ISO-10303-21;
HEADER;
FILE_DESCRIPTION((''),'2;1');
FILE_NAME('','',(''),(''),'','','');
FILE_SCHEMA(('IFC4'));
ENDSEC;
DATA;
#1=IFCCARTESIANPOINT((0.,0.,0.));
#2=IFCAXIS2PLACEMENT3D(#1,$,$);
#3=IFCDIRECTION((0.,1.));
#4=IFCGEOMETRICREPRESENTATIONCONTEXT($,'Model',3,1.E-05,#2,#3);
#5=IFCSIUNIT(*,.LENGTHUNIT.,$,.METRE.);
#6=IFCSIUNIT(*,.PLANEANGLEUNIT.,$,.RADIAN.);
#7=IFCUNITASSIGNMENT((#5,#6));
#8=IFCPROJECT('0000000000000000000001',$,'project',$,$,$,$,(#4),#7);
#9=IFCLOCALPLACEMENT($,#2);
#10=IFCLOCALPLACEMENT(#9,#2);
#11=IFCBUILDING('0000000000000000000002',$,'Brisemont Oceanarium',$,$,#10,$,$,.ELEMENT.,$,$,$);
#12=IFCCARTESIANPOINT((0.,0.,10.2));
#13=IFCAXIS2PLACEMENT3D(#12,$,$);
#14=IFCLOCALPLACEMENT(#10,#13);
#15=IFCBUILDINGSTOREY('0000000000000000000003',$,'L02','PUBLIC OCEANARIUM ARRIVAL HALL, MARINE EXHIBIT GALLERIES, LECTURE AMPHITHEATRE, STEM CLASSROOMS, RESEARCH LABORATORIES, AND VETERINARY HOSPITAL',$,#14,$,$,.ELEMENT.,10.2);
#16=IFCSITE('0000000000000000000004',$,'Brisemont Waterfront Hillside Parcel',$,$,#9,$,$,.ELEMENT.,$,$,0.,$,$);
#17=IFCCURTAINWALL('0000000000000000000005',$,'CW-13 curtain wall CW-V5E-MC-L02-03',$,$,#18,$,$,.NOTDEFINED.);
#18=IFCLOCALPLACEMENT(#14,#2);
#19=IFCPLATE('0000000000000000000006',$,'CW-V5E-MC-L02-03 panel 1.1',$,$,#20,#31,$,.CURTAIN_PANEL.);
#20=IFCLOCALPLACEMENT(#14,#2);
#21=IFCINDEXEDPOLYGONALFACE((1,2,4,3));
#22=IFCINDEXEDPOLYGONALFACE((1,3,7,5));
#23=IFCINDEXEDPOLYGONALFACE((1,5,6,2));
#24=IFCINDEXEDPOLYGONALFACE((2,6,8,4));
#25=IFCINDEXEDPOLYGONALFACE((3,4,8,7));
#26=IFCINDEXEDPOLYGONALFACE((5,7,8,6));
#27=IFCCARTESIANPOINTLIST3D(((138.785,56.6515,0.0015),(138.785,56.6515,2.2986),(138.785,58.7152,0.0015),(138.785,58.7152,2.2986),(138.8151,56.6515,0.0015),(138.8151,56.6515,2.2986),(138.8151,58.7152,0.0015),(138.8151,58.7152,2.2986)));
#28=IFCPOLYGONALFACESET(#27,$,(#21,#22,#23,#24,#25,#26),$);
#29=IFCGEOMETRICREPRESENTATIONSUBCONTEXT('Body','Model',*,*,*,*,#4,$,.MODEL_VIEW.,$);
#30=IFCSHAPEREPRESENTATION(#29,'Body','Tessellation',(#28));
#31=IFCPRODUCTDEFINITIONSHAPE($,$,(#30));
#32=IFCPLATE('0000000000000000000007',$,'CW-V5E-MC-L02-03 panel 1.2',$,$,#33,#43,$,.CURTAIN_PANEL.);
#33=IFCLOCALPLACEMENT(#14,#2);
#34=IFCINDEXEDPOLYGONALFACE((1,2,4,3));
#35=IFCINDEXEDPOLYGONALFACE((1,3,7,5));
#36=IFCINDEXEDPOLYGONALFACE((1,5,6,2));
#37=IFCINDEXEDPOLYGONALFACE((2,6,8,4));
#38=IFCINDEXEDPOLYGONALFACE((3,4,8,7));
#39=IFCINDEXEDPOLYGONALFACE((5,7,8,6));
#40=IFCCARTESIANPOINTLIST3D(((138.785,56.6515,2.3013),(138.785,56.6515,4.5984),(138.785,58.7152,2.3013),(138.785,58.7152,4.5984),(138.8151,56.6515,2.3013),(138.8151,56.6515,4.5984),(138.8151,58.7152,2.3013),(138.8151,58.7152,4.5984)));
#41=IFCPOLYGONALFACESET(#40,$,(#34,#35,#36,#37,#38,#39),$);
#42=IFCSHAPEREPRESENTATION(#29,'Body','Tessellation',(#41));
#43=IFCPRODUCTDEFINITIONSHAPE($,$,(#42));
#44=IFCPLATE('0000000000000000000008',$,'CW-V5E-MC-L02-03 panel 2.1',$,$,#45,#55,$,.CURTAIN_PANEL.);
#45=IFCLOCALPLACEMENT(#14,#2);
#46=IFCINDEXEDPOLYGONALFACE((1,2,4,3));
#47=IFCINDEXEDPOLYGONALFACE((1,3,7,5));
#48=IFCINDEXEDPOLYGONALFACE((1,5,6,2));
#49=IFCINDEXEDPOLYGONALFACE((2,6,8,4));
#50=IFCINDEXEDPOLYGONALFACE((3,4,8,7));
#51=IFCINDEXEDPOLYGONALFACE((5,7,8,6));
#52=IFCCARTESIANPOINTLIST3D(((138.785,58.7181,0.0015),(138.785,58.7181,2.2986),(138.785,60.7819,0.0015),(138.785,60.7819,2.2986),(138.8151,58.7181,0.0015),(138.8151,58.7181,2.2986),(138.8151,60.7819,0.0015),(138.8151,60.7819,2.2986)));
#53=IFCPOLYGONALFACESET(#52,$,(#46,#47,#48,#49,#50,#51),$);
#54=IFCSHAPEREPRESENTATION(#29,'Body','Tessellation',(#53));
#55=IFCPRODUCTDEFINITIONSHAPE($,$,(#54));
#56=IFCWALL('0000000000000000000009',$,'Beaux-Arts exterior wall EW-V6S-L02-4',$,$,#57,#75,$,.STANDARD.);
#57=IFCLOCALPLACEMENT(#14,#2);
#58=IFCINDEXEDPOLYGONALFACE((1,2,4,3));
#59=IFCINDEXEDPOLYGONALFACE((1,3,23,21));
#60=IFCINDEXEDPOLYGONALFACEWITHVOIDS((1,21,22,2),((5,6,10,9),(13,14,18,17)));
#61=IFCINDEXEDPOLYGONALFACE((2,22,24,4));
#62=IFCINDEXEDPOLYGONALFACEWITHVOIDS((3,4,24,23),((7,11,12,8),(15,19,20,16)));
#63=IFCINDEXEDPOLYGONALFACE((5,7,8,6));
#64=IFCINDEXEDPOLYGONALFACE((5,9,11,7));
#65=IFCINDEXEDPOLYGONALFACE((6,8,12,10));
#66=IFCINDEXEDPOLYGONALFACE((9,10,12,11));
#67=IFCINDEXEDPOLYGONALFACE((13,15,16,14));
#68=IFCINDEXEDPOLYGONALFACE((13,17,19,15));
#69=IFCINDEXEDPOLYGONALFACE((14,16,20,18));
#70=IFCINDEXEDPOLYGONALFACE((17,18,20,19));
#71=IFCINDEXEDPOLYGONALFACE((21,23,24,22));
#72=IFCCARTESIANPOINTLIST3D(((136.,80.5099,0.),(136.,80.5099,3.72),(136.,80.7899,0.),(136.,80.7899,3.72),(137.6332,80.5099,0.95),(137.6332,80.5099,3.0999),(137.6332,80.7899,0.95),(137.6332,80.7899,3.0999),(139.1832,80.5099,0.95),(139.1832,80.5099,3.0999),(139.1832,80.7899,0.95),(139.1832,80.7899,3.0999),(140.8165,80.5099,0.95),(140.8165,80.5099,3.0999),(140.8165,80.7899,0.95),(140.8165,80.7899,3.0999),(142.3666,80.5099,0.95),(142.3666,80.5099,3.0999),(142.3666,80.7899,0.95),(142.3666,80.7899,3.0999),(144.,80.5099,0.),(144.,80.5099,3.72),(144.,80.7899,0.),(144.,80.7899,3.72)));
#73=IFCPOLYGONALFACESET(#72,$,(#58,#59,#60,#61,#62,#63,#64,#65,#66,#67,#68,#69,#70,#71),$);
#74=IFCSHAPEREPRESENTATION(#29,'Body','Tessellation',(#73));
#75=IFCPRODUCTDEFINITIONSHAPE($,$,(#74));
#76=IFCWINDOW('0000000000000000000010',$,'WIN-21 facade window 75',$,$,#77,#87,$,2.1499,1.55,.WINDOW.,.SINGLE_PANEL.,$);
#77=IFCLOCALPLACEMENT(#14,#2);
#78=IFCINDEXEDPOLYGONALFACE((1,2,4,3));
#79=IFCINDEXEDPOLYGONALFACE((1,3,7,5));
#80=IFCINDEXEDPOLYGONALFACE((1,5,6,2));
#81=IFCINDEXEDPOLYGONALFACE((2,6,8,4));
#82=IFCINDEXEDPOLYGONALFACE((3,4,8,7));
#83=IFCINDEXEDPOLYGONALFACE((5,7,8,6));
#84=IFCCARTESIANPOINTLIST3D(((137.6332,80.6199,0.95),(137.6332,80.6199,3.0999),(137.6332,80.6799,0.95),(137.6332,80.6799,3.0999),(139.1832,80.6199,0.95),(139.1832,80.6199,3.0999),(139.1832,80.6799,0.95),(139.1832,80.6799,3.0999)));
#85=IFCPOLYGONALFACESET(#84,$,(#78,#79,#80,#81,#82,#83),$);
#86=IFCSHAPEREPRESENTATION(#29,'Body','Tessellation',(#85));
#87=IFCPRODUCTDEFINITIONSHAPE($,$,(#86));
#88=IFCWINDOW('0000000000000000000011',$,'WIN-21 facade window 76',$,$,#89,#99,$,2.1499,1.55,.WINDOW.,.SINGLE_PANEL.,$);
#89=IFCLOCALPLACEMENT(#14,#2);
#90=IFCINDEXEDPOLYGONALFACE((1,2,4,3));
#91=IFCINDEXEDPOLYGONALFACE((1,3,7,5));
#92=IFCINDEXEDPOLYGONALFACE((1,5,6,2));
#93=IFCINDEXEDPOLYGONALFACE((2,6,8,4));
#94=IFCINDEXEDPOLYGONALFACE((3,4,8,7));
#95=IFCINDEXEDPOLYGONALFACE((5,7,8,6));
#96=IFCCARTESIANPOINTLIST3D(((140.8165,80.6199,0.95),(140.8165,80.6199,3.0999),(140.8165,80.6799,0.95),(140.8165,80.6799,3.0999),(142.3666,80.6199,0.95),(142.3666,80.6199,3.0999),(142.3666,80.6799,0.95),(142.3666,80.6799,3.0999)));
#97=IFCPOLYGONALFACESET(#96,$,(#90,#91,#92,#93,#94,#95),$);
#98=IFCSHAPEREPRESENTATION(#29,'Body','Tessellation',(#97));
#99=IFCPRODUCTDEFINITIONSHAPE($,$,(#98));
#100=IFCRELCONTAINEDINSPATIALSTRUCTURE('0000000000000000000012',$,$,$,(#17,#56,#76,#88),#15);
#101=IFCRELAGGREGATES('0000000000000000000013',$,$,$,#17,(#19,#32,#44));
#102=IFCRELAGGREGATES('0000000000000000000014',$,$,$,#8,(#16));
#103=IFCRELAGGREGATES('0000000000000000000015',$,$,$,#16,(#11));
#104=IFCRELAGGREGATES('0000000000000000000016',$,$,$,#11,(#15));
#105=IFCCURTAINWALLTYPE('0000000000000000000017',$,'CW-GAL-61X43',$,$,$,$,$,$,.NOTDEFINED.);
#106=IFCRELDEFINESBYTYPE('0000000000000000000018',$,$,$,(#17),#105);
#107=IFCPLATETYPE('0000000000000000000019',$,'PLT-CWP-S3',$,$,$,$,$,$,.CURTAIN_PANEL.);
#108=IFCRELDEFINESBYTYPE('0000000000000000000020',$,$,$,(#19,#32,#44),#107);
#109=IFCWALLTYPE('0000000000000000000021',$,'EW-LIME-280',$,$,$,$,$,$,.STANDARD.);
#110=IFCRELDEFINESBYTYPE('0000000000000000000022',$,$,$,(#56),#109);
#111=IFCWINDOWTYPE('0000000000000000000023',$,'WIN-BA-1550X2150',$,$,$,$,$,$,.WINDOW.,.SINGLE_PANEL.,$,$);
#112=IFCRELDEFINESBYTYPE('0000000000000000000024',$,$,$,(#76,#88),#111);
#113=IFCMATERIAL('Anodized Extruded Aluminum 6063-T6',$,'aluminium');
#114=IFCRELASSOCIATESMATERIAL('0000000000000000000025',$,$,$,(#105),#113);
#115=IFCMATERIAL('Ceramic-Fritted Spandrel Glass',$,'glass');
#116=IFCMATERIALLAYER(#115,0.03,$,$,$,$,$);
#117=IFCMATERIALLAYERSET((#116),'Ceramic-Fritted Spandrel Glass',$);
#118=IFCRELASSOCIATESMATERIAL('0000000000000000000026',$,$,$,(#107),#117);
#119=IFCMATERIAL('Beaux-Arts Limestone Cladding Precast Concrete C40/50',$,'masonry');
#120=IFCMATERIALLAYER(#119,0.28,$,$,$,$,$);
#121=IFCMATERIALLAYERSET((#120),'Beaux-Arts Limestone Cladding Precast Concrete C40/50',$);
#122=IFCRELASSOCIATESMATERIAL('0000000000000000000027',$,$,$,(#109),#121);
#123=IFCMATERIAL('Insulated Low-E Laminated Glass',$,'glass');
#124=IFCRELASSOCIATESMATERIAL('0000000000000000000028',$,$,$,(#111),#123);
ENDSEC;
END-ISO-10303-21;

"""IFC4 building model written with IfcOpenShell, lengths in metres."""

from ifc_helpers import new_model, si_unit, direction, frame, frame_2d, origin, origin_2d, place, context, subcontext, project, spatial, rectangle, extrude, material, layer, layer_set, type_object, element, fill, aggregate, save


model = new_model("IFC4")

# Units and contexts
model_context = context("Model", 3, precision=1e-05, world=origin(), true_north=direction((0.0, 1.0)))
body_context = subcontext(model_context, "Body", "Model", "MODEL_VIEW")
ifc_project = project(units=[si_unit("LENGTHUNIT", "METRE"), si_unit("PLANEANGLEUNIT", "RADIAN")], contexts=[model_context])

# Site, building, storey
site_placement = place(None, origin())
site = spatial("IfcSite", under=ifc_project, at=site_placement, Name="Brisemont Waterfront Hillside Parcel", CompositionType="ELEMENT", RefElevation=0.0)
building_placement = place(site_placement, origin())
building = spatial("IfcBuilding", under=site, at=building_placement, Name="Brisemont Oceanarium", CompositionType="ELEMENT")
storey_placement = place(building_placement, frame((0.0, 0.0, 10.2)))
storey = spatial("IfcBuildingStorey", under=building, at=storey_placement, Name="L02", Description="PUBLIC OCEANARIUM ARRIVAL HALL, MARINE EXHIBIT GALLERIES, LECTURE AMPHITHEATRE, STEM CLASSROOMS, RESEARCH LABORATORIES, AND VETERINARY HOSPITAL", CompositionType="ELEMENT", Elevation=10.2)

# Curtain wall
ifc_material_1 = material(Name="Anodized Extruded Aluminum 6063-T6", Category="aluminium")
curtain_wall_type = type_object("IfcCurtainWallType", Name="CW-GAL-61X43", PredefinedType="NOTDEFINED", material=ifc_material_1)
curtain_wall_placement = place(storey_placement, origin())
curtain_wall = element("IfcCurtainWall", 1, at=curtain_wall_placement, inside=storey, type_object=curtain_wall_type, Name="CW-13 curtain wall CW-V5E-MC-L02-03", PredefinedType="NOTDEFINED")

# Plates
ifc_material_2 = material(Name="Ceramic-Fritted Spandrel Glass", Category="glass")
ifc_layer_1 = layer(ifc_material_2, 0.03)
ifc_layer_set_1 = layer_set([ifc_layer_1], Name="Ceramic-Fritted Spandrel Glass")
plate_type = type_object("IfcPlateType", Name="PLT-CWP-S3", PredefinedType="CURTAIN_PANEL", material=ifc_layer_set_1)
plate_1_placement = place(storey_placement, frame((138.8, 57.6833, 0.0015), z_axis=(0.0, 0.0, 1.0), x_axis=(0.0, 1.0, 0.0)))
plate_1 = element("IfcPlate", 2, at=plate_1_placement, type_object=plate_type, Name="CW-V5E-MC-L02-03 panel 1.1", PredefinedType="CURTAIN_PANEL", context=body_context, shape_type="SweptSolid", body=[
    extrude(rectangle(XDim=2.0637, YDim=0.03, at=origin_2d()), origin(), (0.0, 0.0, 1.0), 2.2971),
])
plate_2_placement = place(storey_placement, frame((138.8, 57.6833, 2.3013), z_axis=(0.0, 0.0, 1.0), x_axis=(0.0, 1.0, 0.0)))
plate_2 = element("IfcPlate", 3, at=plate_2_placement, type_object=plate_type, Name="CW-V5E-MC-L02-03 panel 1.2", PredefinedType="CURTAIN_PANEL", context=body_context, shape_type="SweptSolid", body=[
    extrude(rectangle(XDim=2.0637, YDim=0.03, at=origin_2d()), origin(), (0.0, 0.0, 1.0), 2.2971),
])
plate_3_placement = place(storey_placement, frame((138.8, 59.75, 0.0015), z_axis=(0.0, 0.0, 1.0), x_axis=(0.0, 1.0, 0.0)))
plate_3 = element("IfcPlate", 4, at=plate_3_placement, type_object=plate_type, Name="CW-V5E-MC-L02-03 panel 2.1", PredefinedType="CURTAIN_PANEL", context=body_context, shape_type="SweptSolid", body=[
    extrude(rectangle(XDim=2.0637, YDim=0.03, at=origin_2d()), origin(), (0.0, 0.0, 1.0), 2.2971),
])
aggregate(curtain_wall, [plate_1, plate_2, plate_3])

# Wall, openings, windows
ifc_material_3 = material(Name="Beaux-Arts Limestone Cladding Precast Concrete C40/50", Category="masonry")
ifc_layer_2 = layer(ifc_material_3, 0.28)
ifc_layer_set_2 = layer_set([ifc_layer_2], Name="Beaux-Arts Limestone Cladding Precast Concrete C40/50")
wall_type = type_object("IfcWallType", Name="EW-LIME-280", PredefinedType="STANDARD", material=ifc_layer_set_2)
wall_placement = place(storey_placement, frame((136.0, 80.6499, 0.0), z_axis=(0.0, 0.0, 1.0), x_axis=(1.0, 0.0, 0.0)))
wall = element("IfcWall", 5, at=wall_placement, inside=storey, type_object=wall_type, Name="Beaux-Arts exterior wall EW-V6S-L02-4", PredefinedType="STANDARD", context=body_context, shape_type="SweptSolid", body=[
    extrude(rectangle(XDim=8.0, YDim=0.28, at=frame_2d((4.0, 0.0))), origin(), (0.0, 0.0, 1.0), 3.72),
])
opening_1_placement = place(wall_placement, frame((1.6333, 0.0, 0.95)))
opening_1 = element("IfcOpeningElement", 6, at=opening_1_placement, cuts=wall, PredefinedType="OPENING", context=body_context, shape_type="SweptSolid", body=[
    extrude(rectangle(XDim=1.55, YDim=2.1499, at=frame_2d((0.7749, 1.075))), frame((0.0, 0.1499, 0.0), z_axis=(0.0, -1.0, 0.0), x_axis=(1.0, 0.0, 0.0)), (0.0, 0.0, 1.0), 0.3),
])
opening_2_placement = place(wall_placement, frame((4.8167, 0.0, 0.95)))
opening_2 = element("IfcOpeningElement", 7, at=opening_2_placement, cuts=wall, PredefinedType="OPENING", context=body_context, shape_type="SweptSolid", body=[
    extrude(rectangle(XDim=1.55, YDim=2.1499, at=frame_2d((0.7749, 1.075))), frame((0.0, 0.1499, 0.0), z_axis=(0.0, -1.0, 0.0), x_axis=(1.0, 0.0, 0.0)), (0.0, 0.0, 1.0), 0.3),
])
ifc_material_4 = material(Name="Insulated Low-E Laminated Glass", Category="glass")
window_type = type_object("IfcWindowType", Name="WIN-BA-1550X2150", PartitioningType="SINGLE_PANEL", PredefinedType="WINDOW", material=ifc_material_4)
window_1_placement = place(opening_1_placement, origin())
window_1 = element("IfcWindow", 8, at=window_1_placement, inside=storey, type_object=window_type, Name="WIN-21 facade window 75", OverallHeight=2.1499, OverallWidth=1.55, PartitioningType="SINGLE_PANEL", PredefinedType="WINDOW", context=body_context, shape_type="SweptSolid", body=[
    extrude(rectangle(XDim=1.55, YDim=2.1499, at=frame_2d((0.7749, 1.075))), frame((0.0, 0.03, 0.0), z_axis=(0.0, -1.0, 0.0), x_axis=(1.0, 0.0, 0.0)), (0.0, 0.0, 1.0), 0.0601),
])
fill(opening_1, window_1)
window_2_placement = place(opening_2_placement, origin())
window_2 = element("IfcWindow", 9, at=window_2_placement, inside=storey, type_object=window_type, Name="WIN-21 facade window 76", OverallHeight=2.1499, OverallWidth=1.55, PartitioningType="SINGLE_PANEL", PredefinedType="WINDOW", context=body_context, shape_type="SweptSolid", body=[
    extrude(rectangle(XDim=1.55, YDim=2.1499, at=frame_2d((0.7749, 1.075))), frame((0.0, 0.03, 0.0), z_axis=(0.0, -1.0, 0.0), x_axis=(1.0, 0.0, 0.0)), (0.0, 0.0, 1.0), 0.0601),
])
fill(opening_2, window_2)

save(model, "model.ifc")
